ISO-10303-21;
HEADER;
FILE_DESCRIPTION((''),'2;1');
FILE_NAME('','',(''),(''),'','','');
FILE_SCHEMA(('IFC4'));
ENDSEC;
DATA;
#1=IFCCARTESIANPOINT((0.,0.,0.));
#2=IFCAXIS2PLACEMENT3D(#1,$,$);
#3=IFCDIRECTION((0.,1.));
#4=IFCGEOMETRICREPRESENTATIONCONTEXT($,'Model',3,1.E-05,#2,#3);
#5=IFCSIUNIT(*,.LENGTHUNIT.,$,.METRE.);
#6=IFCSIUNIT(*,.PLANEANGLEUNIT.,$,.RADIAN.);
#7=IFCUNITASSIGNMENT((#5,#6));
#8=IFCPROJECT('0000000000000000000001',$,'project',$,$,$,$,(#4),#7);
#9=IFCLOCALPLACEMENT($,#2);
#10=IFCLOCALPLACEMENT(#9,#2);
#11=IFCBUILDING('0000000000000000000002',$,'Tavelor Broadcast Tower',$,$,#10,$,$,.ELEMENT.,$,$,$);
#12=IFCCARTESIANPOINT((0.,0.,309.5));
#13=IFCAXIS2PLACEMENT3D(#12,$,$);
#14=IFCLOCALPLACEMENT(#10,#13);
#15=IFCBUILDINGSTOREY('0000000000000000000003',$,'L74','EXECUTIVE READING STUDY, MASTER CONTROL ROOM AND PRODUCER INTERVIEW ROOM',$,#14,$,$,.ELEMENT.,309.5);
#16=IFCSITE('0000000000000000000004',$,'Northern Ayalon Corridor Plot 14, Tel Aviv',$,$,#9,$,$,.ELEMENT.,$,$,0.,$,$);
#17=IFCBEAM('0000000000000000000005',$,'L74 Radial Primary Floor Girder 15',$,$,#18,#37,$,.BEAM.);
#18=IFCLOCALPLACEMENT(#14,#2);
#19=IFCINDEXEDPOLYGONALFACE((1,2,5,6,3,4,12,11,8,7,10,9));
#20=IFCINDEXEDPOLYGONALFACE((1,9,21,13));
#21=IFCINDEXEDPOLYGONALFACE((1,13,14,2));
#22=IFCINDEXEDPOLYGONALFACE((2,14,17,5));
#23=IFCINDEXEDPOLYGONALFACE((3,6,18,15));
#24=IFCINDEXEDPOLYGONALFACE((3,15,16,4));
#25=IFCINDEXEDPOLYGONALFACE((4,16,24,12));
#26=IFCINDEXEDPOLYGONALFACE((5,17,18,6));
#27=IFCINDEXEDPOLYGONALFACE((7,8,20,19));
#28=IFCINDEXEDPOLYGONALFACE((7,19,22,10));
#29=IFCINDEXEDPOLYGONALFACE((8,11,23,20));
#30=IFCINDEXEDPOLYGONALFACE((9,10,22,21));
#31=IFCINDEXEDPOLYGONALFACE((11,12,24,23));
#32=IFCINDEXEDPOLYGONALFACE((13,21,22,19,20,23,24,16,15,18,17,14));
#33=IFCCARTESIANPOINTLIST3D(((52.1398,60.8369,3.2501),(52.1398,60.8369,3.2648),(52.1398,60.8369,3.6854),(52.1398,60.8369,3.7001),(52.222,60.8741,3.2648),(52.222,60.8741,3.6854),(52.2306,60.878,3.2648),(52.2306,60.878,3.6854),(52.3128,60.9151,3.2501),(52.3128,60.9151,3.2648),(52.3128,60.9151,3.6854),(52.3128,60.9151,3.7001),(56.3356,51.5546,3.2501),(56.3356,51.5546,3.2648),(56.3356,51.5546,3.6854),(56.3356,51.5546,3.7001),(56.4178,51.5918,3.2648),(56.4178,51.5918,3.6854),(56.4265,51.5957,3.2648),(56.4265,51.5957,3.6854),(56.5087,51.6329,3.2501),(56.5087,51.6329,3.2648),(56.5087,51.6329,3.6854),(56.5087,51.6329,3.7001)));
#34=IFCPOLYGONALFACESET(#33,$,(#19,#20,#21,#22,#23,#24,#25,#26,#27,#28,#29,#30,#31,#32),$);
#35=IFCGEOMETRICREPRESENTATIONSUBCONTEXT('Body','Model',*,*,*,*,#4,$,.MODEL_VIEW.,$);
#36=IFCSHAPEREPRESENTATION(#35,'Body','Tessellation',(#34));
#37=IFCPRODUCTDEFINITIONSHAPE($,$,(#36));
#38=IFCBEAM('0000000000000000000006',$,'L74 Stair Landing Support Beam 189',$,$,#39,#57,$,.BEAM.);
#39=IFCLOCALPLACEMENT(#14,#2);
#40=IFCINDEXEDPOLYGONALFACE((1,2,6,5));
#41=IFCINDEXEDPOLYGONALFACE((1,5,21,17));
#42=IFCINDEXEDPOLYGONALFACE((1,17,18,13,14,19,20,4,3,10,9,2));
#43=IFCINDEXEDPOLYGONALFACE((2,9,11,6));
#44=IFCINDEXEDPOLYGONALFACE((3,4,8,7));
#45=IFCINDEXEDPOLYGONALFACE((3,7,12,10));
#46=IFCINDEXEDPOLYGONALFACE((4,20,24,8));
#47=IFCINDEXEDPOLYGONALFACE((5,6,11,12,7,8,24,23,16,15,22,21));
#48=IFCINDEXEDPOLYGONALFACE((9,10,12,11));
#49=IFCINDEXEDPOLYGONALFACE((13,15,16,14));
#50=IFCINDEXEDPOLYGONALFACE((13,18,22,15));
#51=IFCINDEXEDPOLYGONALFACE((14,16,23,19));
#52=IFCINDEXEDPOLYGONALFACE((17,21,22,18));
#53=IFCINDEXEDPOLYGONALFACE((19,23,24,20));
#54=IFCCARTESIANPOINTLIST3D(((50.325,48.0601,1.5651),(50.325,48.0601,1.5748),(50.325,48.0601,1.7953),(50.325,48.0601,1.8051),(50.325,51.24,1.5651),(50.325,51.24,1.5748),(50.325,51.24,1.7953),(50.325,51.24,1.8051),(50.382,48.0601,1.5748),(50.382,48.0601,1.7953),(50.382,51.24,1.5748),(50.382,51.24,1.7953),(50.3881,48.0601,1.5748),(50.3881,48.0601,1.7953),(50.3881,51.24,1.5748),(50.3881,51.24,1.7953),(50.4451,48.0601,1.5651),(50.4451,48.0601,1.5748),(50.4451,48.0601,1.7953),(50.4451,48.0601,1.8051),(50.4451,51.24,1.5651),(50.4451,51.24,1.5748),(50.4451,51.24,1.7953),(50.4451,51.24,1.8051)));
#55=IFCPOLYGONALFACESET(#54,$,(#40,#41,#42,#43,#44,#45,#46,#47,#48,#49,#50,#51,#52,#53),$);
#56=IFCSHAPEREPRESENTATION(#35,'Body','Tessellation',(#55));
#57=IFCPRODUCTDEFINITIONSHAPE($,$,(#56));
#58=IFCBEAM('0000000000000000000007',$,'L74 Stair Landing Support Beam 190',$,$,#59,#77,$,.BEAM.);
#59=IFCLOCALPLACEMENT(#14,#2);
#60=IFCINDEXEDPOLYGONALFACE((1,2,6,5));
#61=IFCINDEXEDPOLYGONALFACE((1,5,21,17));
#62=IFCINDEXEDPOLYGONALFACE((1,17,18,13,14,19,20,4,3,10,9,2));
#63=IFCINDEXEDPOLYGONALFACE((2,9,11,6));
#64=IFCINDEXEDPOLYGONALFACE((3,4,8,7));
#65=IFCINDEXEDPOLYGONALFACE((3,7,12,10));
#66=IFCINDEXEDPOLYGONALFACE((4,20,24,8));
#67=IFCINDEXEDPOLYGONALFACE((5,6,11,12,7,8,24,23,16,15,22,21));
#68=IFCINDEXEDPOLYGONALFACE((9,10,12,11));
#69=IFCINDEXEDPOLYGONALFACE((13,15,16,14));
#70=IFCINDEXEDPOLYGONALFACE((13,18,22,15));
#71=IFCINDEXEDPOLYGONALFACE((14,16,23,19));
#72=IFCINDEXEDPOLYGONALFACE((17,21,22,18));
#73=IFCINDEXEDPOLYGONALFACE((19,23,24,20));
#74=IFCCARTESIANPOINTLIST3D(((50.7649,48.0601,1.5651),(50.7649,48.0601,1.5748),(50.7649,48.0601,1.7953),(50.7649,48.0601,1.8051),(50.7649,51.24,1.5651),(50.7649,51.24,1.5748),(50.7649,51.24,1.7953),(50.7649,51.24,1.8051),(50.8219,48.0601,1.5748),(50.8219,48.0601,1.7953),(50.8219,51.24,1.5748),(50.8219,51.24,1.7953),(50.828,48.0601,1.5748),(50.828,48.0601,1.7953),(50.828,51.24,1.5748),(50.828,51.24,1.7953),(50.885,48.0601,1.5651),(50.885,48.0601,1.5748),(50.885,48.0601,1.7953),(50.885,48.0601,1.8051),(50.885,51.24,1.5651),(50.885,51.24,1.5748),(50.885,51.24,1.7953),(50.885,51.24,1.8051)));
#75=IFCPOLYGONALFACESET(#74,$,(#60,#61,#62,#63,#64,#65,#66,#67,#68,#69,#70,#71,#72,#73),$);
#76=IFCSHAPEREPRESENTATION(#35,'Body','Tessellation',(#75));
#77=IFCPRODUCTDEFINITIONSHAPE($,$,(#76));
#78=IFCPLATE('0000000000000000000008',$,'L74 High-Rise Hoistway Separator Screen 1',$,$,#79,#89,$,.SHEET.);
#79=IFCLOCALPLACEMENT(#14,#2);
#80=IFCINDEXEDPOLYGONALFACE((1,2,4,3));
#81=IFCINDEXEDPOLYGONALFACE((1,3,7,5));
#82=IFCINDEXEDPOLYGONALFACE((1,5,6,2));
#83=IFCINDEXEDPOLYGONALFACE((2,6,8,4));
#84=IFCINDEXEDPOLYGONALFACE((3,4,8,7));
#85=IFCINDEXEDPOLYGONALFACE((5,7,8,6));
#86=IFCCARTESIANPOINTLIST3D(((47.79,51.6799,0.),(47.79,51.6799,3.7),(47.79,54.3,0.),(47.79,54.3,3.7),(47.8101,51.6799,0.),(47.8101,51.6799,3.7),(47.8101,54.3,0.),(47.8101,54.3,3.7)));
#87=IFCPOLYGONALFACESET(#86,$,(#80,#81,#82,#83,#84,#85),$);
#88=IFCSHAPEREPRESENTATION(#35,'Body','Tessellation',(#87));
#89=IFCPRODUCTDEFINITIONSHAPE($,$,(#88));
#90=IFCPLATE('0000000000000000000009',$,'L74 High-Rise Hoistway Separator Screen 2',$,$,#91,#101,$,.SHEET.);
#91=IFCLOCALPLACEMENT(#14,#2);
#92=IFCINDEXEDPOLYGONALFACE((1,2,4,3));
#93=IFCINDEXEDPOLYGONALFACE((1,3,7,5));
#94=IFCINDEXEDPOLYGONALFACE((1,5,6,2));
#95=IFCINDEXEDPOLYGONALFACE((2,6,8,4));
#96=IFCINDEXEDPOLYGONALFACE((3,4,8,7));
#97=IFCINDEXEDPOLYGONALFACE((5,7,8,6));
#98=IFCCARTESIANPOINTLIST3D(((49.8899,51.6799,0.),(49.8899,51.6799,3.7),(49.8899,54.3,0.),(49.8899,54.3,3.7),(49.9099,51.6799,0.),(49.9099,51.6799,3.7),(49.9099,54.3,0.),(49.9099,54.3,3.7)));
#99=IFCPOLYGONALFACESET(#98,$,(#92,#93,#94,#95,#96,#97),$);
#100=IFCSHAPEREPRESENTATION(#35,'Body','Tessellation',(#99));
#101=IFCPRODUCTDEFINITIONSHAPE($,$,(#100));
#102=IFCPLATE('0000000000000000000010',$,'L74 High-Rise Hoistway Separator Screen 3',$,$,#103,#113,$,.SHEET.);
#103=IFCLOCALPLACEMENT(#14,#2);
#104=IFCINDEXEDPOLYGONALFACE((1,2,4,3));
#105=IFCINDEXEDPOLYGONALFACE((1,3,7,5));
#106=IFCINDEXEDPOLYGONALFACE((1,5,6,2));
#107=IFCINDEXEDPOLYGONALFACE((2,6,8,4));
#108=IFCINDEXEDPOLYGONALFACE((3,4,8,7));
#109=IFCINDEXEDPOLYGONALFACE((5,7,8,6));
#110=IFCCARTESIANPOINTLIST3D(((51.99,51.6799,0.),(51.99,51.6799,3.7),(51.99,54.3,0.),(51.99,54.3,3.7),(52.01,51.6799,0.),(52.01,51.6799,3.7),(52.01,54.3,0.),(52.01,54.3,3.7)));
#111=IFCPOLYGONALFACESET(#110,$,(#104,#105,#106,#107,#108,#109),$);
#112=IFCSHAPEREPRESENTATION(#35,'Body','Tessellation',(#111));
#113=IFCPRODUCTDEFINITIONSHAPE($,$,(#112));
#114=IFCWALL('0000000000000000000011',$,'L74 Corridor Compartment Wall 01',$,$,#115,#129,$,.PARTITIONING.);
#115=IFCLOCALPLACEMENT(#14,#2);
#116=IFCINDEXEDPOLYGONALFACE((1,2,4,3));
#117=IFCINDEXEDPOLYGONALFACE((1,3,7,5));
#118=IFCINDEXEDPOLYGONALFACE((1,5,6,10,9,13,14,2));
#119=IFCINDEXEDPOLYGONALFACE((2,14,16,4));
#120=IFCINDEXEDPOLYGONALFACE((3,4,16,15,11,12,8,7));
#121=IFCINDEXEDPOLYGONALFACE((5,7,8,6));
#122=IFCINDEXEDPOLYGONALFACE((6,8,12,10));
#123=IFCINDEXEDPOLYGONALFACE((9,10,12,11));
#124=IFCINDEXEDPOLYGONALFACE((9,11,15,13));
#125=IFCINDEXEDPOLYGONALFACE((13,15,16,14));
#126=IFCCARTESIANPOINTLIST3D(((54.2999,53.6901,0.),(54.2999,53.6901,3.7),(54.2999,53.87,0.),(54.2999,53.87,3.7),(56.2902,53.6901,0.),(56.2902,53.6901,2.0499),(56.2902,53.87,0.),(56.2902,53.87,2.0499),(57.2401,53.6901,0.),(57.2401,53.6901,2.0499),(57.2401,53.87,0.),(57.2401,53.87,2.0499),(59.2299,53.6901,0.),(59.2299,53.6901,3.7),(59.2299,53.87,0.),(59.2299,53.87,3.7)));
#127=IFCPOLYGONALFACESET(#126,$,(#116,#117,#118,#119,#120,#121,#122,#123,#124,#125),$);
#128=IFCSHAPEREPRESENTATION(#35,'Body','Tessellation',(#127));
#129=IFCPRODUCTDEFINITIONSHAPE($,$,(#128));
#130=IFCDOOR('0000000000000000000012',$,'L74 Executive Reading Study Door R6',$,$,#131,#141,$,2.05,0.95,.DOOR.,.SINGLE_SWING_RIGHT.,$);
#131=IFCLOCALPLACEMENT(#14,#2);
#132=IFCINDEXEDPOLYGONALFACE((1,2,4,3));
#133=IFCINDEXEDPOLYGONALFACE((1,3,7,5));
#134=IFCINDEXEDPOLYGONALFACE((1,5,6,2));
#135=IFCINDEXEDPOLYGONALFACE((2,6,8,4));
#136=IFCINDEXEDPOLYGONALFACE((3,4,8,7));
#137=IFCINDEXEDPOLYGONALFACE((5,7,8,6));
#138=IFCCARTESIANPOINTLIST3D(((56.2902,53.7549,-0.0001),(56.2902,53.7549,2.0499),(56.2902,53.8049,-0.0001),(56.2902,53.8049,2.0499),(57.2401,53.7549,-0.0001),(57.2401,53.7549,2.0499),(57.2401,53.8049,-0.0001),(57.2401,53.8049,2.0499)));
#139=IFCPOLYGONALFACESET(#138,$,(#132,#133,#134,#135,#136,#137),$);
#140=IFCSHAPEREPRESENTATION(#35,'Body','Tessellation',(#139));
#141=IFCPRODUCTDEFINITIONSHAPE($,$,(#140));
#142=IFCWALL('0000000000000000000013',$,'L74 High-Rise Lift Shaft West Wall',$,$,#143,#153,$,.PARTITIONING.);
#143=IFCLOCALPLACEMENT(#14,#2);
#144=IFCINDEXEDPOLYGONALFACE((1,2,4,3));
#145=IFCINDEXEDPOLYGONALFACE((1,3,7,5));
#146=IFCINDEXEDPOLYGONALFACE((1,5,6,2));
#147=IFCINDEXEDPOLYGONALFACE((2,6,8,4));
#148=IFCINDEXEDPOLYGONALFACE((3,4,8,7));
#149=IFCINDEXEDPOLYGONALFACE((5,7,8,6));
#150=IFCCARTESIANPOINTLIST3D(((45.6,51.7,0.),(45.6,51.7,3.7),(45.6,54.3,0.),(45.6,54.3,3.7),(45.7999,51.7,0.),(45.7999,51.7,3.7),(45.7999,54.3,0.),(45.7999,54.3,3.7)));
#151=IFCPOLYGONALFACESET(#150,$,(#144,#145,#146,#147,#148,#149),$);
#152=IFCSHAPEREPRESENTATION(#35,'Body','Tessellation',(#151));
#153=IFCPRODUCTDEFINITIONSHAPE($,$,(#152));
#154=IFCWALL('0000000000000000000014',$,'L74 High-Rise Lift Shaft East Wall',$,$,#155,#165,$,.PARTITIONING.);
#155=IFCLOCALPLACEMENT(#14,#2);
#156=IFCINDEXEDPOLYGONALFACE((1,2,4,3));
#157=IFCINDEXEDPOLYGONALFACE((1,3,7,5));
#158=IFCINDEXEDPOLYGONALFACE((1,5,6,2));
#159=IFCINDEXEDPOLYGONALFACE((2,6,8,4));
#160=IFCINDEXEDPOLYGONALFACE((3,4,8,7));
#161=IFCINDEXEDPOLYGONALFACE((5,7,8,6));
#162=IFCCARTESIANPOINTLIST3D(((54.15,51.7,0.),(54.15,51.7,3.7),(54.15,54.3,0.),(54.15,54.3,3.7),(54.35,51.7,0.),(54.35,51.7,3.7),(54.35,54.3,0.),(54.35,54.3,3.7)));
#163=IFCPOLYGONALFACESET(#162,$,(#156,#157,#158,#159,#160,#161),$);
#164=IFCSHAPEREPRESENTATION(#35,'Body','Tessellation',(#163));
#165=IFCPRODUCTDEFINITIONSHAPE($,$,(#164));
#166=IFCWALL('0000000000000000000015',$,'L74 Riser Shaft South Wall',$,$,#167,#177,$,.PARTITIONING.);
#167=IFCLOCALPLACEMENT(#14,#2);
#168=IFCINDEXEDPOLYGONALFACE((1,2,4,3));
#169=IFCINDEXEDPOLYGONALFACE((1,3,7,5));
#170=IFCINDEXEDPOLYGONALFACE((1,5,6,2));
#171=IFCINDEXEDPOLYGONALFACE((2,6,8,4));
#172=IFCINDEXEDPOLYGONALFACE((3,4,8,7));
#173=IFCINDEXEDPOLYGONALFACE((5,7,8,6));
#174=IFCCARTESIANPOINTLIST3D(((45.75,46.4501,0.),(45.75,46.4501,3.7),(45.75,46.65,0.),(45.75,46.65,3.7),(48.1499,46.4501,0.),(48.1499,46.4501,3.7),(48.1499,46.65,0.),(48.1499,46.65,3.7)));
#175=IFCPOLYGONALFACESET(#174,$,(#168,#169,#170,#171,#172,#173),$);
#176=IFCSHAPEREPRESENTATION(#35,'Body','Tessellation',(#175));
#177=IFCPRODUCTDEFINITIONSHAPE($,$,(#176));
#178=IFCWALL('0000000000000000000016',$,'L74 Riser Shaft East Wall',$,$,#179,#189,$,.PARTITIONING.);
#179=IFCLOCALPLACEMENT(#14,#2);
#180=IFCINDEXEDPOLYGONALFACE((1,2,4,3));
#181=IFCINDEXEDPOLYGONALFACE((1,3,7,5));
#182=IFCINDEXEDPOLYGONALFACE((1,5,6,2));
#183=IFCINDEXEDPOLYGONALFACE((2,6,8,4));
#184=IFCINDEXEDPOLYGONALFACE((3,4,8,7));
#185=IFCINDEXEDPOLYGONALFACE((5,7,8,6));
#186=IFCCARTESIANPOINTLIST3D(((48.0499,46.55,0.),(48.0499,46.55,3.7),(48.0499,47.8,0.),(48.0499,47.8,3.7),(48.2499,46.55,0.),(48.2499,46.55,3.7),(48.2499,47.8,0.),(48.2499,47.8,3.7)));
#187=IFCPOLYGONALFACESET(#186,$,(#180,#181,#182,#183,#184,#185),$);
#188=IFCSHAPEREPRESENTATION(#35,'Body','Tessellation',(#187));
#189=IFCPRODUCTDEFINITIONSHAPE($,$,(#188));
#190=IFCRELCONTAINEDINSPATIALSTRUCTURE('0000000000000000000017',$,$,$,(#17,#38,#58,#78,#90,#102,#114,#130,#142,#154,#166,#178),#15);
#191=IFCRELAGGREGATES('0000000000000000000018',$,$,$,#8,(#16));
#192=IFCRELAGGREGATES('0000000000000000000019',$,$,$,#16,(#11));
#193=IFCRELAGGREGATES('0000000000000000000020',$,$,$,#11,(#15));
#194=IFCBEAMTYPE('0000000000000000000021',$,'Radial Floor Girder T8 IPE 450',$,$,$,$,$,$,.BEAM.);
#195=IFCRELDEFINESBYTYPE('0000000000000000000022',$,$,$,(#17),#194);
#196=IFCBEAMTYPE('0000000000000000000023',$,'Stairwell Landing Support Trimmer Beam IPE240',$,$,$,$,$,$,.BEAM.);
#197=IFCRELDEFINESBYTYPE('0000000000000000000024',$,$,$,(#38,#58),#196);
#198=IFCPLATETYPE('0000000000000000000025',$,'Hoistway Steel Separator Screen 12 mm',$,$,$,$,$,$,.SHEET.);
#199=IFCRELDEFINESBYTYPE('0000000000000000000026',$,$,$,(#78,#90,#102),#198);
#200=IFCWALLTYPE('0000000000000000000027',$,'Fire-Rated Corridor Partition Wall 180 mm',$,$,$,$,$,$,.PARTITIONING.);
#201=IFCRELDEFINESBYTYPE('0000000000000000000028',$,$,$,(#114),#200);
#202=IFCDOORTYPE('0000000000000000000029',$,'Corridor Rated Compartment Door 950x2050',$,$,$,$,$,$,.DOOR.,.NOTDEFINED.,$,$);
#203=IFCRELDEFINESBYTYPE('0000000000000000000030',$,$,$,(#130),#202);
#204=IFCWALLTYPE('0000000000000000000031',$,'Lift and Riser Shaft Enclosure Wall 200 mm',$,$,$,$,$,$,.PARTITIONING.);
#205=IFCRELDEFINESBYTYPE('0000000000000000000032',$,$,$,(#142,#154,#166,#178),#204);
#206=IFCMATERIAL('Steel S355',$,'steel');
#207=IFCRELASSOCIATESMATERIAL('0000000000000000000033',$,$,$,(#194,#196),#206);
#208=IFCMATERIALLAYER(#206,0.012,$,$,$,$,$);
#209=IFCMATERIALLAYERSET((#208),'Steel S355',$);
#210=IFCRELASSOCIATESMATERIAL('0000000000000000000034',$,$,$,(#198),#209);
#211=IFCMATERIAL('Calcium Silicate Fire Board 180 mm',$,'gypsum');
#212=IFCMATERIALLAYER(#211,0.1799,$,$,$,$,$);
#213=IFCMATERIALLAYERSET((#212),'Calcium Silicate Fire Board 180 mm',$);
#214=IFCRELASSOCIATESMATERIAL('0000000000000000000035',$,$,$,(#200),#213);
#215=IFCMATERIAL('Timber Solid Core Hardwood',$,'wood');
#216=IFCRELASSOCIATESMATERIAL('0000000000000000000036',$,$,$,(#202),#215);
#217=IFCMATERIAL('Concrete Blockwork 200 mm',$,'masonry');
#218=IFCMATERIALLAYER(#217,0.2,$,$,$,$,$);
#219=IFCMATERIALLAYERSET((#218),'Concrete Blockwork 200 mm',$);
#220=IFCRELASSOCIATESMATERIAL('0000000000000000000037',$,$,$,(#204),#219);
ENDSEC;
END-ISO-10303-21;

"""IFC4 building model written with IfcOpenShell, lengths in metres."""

from ifc_helpers import new_model, si_unit, direction, frame, frame_2d, origin, origin_2d, place, context, subcontext, project, spatial, rectangle, i_section, extrude, source, transform, mapped, material, layer, layer_set, material_profile, profile_set, type_object, type_shapes, element, fill, save


model = new_model("IFC4")

# Units and contexts
model_context = context("Model", 3, precision=1e-05, world=origin(), true_north=direction((0.0, 1.0)))
body_context = subcontext(model_context, "Body", "Model", "MODEL_VIEW")
ifc_project = project(units=[si_unit("LENGTHUNIT", "METRE"), si_unit("PLANEANGLEUNIT", "RADIAN")], contexts=[model_context])

# Site, building, storey
site_placement = place(None, origin())
site = spatial("IfcSite", under=ifc_project, at=site_placement, Name="Northern Ayalon Corridor Plot 14, Tel Aviv", CompositionType="ELEMENT", RefElevation=0.0)
building_placement = place(site_placement, origin())
building = spatial("IfcBuilding", under=site, at=building_placement, Name="Tavelor Broadcast Tower", CompositionType="ELEMENT")
storey_placement = place(building_placement, frame((0.0, 0.0, 309.5)))
storey = spatial("IfcBuildingStorey", under=building, at=storey_placement, Name="L74", Description="EXECUTIVE READING STUDY, MASTER CONTROL ROOM AND PRODUCER INTERVIEW ROOM", CompositionType="ELEMENT", Elevation=309.5)

# Beams
ifc_material_1 = material(Name="Steel S355", Category="steel")
ifc_material_profile_1 = material_profile(ifc_material_1, i_section(OverallWidth=0.1899, OverallDepth=0.45, WebThickness=0.0095, FlangeThickness=0.0146, at=origin_2d()), Name="IPE 450")
ifc_profile_set_1 = profile_set([ifc_material_profile_1], Name="Steel S355")
beam_type_1 = type_object("IfcBeamType", Name="Radial Floor Girder T8 IPE 450", PredefinedType="BEAM", material=ifc_profile_set_1)
beam_placement = place(storey_placement, frame((56.4221, 51.5938, 3.4751), z_axis=(-0.411899, 0.91123, 0.0), x_axis=(-0.91123, -0.411899, 0.0)))
element("IfcBeam", 1, at=beam_placement, inside=storey, type_object=beam_type_1, Name="L74 Radial Primary Floor Girder 15", PredefinedType="BEAM", context=body_context, shape_type="SweptSolid", body=[
    extrude(i_section(OverallWidth=0.1899, OverallDepth=0.45, WebThickness=0.0095, FlangeThickness=0.0146, at=origin_2d()), origin(), (0.0, 0.0, 1.0), 10.1865),
])
ifc_material_profile_2 = material_profile(ifc_material_1, i_section(OverallWidth=0.1201, OverallDepth=0.24, WebThickness=0.0061, FlangeThickness=0.0098, at=origin_2d()), Name="IPE 240")
ifc_profile_set_2 = profile_set([ifc_material_profile_2], Name="Steel S355")
beam_type_2 = type_object("IfcBeamType", Name="Stairwell Landing Support Trimmer Beam IPE240", PredefinedType="BEAM", material=ifc_profile_set_2)
for number, where, z_axis, x_axis, name in (
    (2, (50.385, 48.0601, 1.6851), (0.0, 1.0, 0.0), (-1.0, 0.0, 0.0), "L74 Stair Landing Support Beam 189"),
    (3, (50.825, 48.0601, 1.6851), (0.0, 1.0, 0.0), (-1.0, 0.0, 0.0), "L74 Stair Landing Support Beam 190"),
):
    element("IfcBeam", number, at=place(storey_placement, frame(where, z_axis=z_axis, x_axis=x_axis)), inside=storey, type_object=beam_type_2, Name=name, PredefinedType="BEAM", context=body_context, shape_type="SweptSolid", body=[
        extrude(i_section(OverallWidth=0.1201, OverallDepth=0.24, WebThickness=0.0061, FlangeThickness=0.0098, at=origin_2d()), origin(), (0.0, 0.0, 1.0), 3.1799),
    ])

# Plates
ifc_layer_1 = layer(ifc_material_1, 0.012)
ifc_layer_set_1 = layer_set([ifc_layer_1], Name="Steel S355")
plate_type = type_object("IfcPlateType", Name="Hoistway Steel Separator Screen 12 mm", PredefinedType="SHEET", material=ifc_layer_set_1)
shared_shape = source(origin(), body_context, "Body", "SweptSolid", [
    extrude(rectangle(XDim=0.02, YDim=2.6201, at=origin_2d()), origin(), (0.0, 0.0, 1.0), 3.7),
])
type_shapes(plate_type, [shared_shape])
for number, where, z_axis, x_axis, name in (
    (4, (47.8, 52.99, 0.0), (0.0, 0.0, 1.0), (1.0, 0.0, 0.0), "L74 High-Rise Hoistway Separator Screen 1"),
    (5, (49.8999, 52.99, 0.0), (0.0, 0.0, 1.0), (1.0, 0.0, 0.0), "L74 High-Rise Hoistway Separator Screen 2"),
    (6, (52.0, 52.99, 0.0), (0.0, 0.0, 1.0), (1.0, 0.0, 0.0), "L74 High-Rise Hoistway Separator Screen 3"),
):
    element("IfcPlate", number, at=place(storey_placement, frame(where, z_axis=z_axis, x_axis=x_axis)), inside=storey, type_object=plate_type, Name=name, PredefinedType="SHEET", context=body_context, shape_type="MappedRepresentation", body=[
        mapped(shared_shape, transform((0.0, 0.0, 0.0), scale=1.0)),
    ])

# Wall, opening, door
ifc_material_2 = material(Name="Calcium Silicate Fire Board 180 mm", Category="gypsum")
ifc_layer_2 = layer(ifc_material_2, 0.1799)
ifc_layer_set_2 = layer_set([ifc_layer_2], Name="Calcium Silicate Fire Board 180 mm")
wall_type_1 = type_object("IfcWallType", Name="Fire-Rated Corridor Partition Wall 180 mm", PredefinedType="PARTITIONING", material=ifc_layer_set_2)
wall_1_placement = place(storey_placement, frame((54.3, 53.78, 0.0), z_axis=(0.0, 0.0, 1.0), x_axis=(1.0, 0.0, 0.0)))
wall_1 = element("IfcWall", 7, at=wall_1_placement, inside=storey, type_object=wall_type_1, Name="L74 Corridor Compartment Wall 01", PredefinedType="PARTITIONING", context=body_context, shape_type="SweptSolid", body=[
    extrude(rectangle(XDim=4.9299, YDim=0.1799, at=frame_2d((2.4648, 0.0))), origin(), (0.0, 0.0, 1.0), 3.7),
])
opening_1_placement = place(wall_1_placement, frame((1.99, 0.0, 0.0)))
opening_1 = element("IfcOpeningElement", 8, at=opening_1_placement, cuts=wall_1, PredefinedType="OPENING", context=body_context, shape_type="SweptSolid", body=[
    extrude(rectangle(XDim=0.95, YDim=2.05, at=frame_2d((0.4751, 1.0249))), frame((0.0, 0.1001, 0.0), z_axis=(0.0, -1.0, 0.0), x_axis=(1.0, 0.0, 0.0)), (0.0, 0.0, 1.0), 0.2),
])
ifc_material_3 = material(Name="Timber Solid Core Hardwood", Category="wood")
door_type_1 = type_object("IfcDoorType", Name="Corridor Rated Compartment Door 950x2050", OperationType="NOTDEFINED", PredefinedType="DOOR", material=ifc_material_3)
door_1_placement = place(opening_1_placement, origin())
door_1 = element("IfcDoor", 9, at=door_1_placement, inside=storey, type_object=door_type_1, Name="L74 Executive Reading Study Door R6", OperationType="SINGLE_SWING_RIGHT", OverallHeight=2.05, OverallWidth=0.95, PredefinedType="DOOR", context=body_context, shape_type="SweptSolid", body=[
    extrude(rectangle(XDim=0.95, YDim=2.05, at=frame_2d((0.4751, 1.0249))), frame((0.0, 0.0249, 0.0), z_axis=(0.0, -1.0, 0.0), x_axis=(1.0, 0.0, 0.0)), (0.0, 0.0, 1.0), 0.05),
])
fill(opening_1, door_1)

# Shared definitions
ifc_material_4 = material(Name="Concrete Blockwork 200 mm", Category="masonry")

# Walls
ifc_layer_3 = layer(ifc_material_4, 0.2)
ifc_layer_set_3 = layer_set([ifc_layer_3], Name="Concrete Blockwork 200 mm")
wall_type_2 = type_object("IfcWallType", Name="Lift and Riser Shaft Enclosure Wall 200 mm", PredefinedType="PARTITIONING", material=ifc_layer_set_3)
for number, where, z_axis, x_axis, name in (
    (10, (45.7, 51.7, 0.0), (0.0, 0.0, 1.0), (0.0, 1.0, 0.0), "L74 High-Rise Lift Shaft West Wall"),
    (11, (54.25, 51.7, 0.0), (0.0, 0.0, 1.0), (0.0, 1.0, 0.0), "L74 High-Rise Lift Shaft East Wall"),
):
    element("IfcWall", number, at=place(storey_placement, frame(where, z_axis=z_axis, x_axis=x_axis)), inside=storey, type_object=wall_type_2, Name=name, PredefinedType="PARTITIONING", context=body_context, shape_type="SweptSolid", body=[
        extrude(rectangle(XDim=2.6001, YDim=0.2, at=frame_2d((1.3, 0.0))), origin(), (0.0, 0.0, 1.0), 3.7),
    ])
wall_2_placement = place(storey_placement, frame((45.75, 46.55, 0.0), z_axis=(0.0, 0.0, 1.0), x_axis=(1.0, 0.0, 0.0)))
element("IfcWall", 12, at=wall_2_placement, inside=storey, type_object=wall_type_2, Name="L74 Riser Shaft South Wall", PredefinedType="PARTITIONING", context=body_context, shape_type="SweptSolid", body=[
    extrude(rectangle(XDim=2.3999, YDim=0.2, at=frame_2d((1.2, 0.0))), origin(), (0.0, 0.0, 1.0), 3.7),
])
wall_3_placement = place(storey_placement, frame((48.1499, 46.55, 0.0), z_axis=(0.0, 0.0, 1.0), x_axis=(0.0, 1.0, 0.0)))
element("IfcWall", 13, at=wall_3_placement, inside=storey, type_object=wall_type_2, Name="L74 Riser Shaft East Wall", PredefinedType="PARTITIONING", context=body_context, shape_type="SweptSolid", body=[
    extrude(rectangle(XDim=1.25, YDim=0.2, at=frame_2d((0.625, 0.0))), origin(), (0.0, 0.0, 1.0), 3.7),
])

save(model, "model.ifc")
